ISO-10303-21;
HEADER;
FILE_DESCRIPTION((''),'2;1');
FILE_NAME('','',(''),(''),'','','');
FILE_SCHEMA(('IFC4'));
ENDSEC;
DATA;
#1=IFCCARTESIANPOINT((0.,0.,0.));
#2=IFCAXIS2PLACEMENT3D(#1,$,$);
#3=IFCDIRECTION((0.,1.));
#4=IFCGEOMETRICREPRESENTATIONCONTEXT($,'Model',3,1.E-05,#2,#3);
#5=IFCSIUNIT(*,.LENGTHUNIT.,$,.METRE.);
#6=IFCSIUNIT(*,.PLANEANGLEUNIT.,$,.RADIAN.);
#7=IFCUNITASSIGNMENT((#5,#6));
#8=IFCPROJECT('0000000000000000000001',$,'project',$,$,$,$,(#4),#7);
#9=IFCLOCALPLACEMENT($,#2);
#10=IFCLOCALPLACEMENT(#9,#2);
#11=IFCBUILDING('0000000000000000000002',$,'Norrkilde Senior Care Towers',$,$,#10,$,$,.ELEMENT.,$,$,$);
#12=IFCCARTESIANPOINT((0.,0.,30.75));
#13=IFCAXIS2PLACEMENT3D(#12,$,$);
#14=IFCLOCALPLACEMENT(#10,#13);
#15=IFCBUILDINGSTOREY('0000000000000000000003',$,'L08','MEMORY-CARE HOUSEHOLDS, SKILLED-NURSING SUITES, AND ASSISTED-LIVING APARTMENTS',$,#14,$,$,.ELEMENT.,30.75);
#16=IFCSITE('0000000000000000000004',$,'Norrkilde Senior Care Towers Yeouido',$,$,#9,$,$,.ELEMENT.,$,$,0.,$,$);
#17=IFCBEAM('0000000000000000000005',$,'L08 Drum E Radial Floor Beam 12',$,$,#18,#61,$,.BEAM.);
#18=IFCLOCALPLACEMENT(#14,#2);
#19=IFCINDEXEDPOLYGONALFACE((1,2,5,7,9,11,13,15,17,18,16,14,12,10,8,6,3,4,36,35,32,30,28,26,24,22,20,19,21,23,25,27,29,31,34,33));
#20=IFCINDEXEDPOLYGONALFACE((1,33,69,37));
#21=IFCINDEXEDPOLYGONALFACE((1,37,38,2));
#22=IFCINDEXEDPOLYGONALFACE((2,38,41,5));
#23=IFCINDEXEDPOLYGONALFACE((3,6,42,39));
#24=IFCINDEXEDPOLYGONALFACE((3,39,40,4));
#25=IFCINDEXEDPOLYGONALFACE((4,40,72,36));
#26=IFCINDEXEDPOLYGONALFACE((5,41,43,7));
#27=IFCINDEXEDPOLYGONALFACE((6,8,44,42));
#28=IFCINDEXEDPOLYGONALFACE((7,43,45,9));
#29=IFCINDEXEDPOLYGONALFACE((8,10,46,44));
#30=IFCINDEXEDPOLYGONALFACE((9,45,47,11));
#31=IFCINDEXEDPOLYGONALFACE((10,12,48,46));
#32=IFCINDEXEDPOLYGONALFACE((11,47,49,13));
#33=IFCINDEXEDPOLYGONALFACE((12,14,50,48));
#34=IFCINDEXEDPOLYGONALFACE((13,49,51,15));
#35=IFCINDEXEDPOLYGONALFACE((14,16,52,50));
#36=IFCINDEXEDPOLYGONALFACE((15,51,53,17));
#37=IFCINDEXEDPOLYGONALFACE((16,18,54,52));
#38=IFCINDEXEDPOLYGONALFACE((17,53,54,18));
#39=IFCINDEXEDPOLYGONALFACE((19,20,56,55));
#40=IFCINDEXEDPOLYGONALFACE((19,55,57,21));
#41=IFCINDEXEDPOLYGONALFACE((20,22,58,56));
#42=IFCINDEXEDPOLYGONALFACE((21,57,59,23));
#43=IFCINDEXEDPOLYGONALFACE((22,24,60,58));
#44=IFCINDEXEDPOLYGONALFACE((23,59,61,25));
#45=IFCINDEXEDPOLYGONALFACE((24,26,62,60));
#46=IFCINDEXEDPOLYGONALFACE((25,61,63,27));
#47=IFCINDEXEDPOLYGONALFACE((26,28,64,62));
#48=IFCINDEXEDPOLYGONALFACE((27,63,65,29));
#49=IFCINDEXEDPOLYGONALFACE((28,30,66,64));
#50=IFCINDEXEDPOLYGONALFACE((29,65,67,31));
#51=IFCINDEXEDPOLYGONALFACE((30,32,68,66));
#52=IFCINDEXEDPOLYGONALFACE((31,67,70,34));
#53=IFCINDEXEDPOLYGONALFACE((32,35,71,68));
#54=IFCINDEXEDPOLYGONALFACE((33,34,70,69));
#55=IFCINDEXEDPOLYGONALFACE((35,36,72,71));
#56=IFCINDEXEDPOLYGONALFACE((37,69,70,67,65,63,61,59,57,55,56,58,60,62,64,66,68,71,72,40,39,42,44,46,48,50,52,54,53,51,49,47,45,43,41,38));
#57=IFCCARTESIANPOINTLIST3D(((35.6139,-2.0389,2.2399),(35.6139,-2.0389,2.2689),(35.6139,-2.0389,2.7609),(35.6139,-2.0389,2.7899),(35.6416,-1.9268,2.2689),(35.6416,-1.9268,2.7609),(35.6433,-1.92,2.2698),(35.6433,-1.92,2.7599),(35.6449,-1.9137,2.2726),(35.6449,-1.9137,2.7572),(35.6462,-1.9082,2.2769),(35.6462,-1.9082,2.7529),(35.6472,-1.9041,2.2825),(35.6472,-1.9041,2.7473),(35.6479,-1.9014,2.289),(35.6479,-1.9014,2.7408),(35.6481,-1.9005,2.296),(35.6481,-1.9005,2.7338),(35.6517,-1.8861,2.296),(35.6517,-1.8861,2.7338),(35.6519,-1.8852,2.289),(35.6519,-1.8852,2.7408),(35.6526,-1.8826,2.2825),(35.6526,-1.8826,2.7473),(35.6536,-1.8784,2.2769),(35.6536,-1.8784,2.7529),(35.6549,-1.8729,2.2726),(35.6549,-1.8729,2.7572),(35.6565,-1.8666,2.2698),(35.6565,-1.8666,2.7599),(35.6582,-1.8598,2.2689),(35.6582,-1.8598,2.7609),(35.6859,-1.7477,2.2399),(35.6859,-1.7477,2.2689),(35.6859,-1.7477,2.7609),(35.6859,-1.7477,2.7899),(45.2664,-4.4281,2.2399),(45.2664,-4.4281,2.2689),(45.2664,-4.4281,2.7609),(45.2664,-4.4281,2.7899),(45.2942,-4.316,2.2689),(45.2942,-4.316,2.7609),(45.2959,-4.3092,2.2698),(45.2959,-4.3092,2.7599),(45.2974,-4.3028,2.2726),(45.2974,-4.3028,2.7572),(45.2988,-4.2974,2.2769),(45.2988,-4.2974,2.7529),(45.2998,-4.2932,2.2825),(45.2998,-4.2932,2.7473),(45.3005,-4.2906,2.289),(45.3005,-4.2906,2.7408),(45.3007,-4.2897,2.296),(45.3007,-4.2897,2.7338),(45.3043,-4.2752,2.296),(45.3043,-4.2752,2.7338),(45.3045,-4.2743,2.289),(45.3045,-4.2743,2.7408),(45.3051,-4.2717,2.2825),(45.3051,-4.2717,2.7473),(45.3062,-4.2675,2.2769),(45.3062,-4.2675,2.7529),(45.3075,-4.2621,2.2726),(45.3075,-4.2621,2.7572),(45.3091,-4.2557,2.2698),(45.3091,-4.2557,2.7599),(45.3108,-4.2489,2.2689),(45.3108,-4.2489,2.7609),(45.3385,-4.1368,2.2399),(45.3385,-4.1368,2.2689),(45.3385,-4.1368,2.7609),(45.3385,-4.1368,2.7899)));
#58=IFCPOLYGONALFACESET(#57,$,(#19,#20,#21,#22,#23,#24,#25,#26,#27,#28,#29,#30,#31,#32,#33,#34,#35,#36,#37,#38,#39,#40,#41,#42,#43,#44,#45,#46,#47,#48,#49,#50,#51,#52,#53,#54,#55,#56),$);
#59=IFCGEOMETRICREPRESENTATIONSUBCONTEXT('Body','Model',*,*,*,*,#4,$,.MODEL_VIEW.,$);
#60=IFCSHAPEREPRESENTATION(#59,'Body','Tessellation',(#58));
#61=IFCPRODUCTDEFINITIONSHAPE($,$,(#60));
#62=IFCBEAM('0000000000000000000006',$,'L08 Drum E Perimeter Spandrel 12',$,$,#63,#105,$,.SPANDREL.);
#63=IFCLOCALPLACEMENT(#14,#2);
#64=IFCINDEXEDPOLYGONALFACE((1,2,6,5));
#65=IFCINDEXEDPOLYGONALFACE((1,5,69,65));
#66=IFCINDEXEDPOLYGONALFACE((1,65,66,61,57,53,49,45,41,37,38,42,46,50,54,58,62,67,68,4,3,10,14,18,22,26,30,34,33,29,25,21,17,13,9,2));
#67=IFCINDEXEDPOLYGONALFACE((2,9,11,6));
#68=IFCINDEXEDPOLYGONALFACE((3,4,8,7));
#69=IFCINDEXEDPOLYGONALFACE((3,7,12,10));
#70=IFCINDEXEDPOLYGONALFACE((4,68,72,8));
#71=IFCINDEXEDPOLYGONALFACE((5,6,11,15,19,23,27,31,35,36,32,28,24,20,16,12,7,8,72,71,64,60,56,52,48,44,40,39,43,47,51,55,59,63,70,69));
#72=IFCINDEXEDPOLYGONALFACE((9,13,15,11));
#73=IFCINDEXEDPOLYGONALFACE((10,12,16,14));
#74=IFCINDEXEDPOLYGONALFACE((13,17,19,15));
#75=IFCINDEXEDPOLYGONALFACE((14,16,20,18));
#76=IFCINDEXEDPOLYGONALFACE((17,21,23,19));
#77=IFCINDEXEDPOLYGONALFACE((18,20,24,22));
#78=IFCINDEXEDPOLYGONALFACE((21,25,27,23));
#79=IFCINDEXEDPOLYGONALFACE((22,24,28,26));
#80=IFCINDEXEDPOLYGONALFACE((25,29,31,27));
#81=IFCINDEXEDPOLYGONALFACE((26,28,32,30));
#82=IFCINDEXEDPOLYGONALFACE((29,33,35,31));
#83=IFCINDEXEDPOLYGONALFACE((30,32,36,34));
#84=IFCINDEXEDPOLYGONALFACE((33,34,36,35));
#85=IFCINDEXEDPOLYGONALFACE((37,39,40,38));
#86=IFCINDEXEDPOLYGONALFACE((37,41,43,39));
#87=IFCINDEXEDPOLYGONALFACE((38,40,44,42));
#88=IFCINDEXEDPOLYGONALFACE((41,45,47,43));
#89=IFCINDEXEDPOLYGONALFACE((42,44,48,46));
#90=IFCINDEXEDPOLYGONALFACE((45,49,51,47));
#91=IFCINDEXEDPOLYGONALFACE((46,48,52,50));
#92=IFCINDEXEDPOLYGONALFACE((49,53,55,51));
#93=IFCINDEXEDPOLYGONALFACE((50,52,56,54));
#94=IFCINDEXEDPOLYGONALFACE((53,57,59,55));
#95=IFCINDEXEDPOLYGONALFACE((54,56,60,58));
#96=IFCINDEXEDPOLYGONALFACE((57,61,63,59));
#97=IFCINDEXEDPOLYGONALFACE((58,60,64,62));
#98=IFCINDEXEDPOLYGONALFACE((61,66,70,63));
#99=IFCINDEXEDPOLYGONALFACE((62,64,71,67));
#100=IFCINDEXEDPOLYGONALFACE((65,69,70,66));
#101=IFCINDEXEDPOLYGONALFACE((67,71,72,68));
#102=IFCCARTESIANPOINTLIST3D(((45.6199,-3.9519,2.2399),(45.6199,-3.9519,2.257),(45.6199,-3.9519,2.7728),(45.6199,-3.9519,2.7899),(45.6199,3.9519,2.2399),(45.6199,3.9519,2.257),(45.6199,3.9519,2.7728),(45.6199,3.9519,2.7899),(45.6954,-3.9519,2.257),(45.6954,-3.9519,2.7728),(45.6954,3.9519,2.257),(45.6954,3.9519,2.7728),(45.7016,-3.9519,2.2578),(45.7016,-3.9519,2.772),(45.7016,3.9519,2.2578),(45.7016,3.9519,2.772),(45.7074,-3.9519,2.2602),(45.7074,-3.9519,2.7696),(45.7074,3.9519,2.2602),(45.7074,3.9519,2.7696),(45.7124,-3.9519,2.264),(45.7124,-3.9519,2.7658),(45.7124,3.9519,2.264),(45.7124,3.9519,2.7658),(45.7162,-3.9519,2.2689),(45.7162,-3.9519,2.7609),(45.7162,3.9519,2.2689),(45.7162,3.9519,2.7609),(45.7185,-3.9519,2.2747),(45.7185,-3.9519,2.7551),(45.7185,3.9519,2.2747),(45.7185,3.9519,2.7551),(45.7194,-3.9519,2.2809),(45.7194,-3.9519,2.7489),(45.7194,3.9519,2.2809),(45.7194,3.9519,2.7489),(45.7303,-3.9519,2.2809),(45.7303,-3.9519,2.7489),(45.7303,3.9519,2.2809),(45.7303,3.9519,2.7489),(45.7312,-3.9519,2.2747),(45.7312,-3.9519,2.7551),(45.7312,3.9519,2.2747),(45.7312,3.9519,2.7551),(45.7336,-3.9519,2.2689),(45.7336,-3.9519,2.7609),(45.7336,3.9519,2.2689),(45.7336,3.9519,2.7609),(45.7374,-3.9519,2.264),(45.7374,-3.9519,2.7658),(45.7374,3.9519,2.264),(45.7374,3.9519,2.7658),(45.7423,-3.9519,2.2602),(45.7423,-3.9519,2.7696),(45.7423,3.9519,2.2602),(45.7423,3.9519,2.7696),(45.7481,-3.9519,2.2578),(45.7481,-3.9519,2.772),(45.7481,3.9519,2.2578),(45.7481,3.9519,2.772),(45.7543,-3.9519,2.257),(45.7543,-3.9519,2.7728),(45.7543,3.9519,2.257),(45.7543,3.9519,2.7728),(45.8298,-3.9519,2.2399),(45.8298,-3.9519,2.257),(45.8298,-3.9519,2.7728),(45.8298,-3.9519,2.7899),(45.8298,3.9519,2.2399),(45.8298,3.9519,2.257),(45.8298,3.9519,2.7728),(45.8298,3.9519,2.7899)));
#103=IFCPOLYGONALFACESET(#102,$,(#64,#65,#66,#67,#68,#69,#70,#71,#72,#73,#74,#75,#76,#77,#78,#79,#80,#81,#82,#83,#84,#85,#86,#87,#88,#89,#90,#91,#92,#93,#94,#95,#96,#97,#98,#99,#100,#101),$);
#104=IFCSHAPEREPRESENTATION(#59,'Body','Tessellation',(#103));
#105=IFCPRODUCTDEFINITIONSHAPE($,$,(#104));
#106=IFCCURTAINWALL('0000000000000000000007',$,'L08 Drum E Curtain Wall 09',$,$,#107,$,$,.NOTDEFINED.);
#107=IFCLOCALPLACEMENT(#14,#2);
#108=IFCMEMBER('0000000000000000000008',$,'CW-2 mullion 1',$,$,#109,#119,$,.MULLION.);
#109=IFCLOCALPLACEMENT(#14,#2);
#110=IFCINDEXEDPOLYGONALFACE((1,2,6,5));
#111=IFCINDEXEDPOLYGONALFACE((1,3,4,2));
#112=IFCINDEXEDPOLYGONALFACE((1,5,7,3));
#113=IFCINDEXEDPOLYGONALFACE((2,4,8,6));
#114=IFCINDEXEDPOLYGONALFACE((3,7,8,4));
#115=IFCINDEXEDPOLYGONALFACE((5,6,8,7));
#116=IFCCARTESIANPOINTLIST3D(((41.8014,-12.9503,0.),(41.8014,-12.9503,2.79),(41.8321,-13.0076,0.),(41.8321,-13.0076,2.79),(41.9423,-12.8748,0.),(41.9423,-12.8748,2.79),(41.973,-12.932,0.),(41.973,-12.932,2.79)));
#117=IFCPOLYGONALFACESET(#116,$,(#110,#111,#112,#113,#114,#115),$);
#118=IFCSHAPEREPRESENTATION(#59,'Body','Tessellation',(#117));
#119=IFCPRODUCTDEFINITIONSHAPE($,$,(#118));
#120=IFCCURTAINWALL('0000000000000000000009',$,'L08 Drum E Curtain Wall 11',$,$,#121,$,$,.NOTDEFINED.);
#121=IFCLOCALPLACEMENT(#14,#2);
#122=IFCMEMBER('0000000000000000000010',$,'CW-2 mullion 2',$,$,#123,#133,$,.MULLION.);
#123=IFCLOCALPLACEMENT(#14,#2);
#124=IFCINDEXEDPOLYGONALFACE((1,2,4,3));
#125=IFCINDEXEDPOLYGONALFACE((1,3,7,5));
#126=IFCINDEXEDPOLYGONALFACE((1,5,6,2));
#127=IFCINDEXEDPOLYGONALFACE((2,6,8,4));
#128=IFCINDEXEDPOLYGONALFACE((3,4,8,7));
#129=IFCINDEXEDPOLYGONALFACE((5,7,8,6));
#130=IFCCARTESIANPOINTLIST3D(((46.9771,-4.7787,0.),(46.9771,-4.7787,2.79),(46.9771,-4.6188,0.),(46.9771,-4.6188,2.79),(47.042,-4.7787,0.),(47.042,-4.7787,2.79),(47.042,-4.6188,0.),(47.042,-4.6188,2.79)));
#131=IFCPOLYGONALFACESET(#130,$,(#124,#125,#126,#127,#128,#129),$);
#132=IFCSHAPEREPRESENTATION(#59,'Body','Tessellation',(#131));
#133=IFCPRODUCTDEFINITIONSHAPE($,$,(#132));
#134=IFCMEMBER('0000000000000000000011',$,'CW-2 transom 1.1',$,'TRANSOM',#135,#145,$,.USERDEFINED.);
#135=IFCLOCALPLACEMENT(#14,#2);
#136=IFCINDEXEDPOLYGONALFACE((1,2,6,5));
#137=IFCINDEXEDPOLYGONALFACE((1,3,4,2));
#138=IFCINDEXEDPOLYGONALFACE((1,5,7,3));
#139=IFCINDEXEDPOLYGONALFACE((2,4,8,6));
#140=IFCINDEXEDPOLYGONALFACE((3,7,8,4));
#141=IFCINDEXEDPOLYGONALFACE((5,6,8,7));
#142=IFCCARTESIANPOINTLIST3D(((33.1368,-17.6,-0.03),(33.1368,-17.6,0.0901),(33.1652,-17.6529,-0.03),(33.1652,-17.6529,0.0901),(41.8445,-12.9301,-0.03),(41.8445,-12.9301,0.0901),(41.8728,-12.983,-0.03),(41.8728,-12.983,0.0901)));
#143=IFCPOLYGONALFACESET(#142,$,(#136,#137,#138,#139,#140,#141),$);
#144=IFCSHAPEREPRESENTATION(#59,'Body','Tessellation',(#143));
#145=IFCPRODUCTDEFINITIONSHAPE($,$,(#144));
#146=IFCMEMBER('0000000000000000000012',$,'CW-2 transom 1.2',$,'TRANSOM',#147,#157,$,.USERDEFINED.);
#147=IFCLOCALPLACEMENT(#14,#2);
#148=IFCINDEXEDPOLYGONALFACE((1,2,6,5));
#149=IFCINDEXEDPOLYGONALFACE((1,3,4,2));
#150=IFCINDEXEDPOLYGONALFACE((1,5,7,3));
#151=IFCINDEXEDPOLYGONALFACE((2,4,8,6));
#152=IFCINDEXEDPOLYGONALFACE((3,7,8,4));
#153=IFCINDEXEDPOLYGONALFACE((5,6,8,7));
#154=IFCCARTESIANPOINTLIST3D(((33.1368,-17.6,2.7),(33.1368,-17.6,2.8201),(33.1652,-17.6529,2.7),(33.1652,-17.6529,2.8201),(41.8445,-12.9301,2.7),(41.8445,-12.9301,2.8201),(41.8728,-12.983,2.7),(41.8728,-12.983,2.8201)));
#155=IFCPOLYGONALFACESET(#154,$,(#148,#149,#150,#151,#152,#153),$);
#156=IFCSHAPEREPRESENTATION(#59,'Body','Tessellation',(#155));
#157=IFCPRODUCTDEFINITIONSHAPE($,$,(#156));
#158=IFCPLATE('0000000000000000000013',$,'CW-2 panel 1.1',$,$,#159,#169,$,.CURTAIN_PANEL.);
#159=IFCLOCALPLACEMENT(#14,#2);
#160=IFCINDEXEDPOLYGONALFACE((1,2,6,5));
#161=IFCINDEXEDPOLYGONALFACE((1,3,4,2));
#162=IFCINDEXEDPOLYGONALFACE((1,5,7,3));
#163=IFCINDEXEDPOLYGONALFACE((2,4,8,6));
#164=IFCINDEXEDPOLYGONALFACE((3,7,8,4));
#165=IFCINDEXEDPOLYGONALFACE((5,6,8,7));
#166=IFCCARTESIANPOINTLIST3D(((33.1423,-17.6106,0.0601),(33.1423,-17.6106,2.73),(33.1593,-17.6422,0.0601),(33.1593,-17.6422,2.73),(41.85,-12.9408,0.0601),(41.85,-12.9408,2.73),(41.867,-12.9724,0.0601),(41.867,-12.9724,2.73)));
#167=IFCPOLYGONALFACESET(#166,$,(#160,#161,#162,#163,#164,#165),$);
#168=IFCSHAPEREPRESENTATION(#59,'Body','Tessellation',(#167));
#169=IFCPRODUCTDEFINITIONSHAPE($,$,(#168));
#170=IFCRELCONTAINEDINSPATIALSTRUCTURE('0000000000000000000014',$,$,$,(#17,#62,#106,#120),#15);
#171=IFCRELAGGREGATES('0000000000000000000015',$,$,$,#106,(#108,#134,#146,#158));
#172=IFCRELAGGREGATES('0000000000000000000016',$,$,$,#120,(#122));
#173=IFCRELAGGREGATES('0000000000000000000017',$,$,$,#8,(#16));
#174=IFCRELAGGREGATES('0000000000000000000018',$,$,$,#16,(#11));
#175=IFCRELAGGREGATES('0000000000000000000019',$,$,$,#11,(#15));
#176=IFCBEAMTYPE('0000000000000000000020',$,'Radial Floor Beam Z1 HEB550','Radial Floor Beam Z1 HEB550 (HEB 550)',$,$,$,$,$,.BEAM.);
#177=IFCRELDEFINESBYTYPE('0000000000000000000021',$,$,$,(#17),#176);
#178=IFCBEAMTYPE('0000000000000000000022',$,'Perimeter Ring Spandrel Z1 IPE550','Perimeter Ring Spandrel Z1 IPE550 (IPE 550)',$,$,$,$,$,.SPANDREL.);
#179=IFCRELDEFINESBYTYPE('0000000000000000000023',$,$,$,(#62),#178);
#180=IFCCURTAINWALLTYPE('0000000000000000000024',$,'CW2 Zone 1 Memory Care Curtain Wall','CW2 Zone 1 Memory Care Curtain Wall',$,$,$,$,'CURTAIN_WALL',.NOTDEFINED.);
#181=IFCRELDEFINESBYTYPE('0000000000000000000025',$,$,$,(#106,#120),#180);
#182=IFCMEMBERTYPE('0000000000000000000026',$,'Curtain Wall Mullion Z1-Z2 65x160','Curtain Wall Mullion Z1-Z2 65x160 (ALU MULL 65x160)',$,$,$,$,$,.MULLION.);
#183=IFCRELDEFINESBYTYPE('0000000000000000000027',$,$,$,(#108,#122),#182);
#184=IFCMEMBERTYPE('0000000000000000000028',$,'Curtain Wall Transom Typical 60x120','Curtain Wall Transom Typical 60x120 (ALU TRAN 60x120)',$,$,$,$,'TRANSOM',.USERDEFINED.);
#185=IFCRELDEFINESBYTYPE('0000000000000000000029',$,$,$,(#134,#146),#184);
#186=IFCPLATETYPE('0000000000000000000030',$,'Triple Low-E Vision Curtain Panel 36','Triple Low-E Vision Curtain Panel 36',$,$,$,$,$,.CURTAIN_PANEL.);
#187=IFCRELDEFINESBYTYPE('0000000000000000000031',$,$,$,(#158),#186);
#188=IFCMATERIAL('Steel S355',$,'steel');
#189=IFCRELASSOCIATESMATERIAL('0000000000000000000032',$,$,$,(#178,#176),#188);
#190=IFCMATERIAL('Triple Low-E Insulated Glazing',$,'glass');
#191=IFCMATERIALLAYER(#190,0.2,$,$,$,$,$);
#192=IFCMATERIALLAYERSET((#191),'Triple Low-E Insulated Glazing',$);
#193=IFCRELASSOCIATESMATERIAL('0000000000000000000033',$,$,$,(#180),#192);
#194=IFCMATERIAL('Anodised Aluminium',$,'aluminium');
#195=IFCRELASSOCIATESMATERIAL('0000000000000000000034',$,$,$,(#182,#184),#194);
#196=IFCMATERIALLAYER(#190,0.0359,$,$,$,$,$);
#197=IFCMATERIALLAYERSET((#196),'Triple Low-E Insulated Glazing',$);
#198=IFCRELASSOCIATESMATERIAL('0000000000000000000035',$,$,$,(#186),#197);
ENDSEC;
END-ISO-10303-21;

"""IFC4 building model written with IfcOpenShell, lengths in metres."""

from ifc_helpers import new_model, si_unit, direction, frame, origin, origin_2d, place, context, subcontext, project, spatial, rectangle, i_section, extrude, source, transform, mapped, material, layer, layer_set, material_profile, profile_set, type_object, type_shapes, element, aggregate, save


model = new_model("IFC4")

# Units and contexts
model_context = context("Model", 3, precision=1e-05, world=origin(), true_north=direction((0.0, 1.0)))
body_context = subcontext(model_context, "Body", "Model", "MODEL_VIEW")
ifc_project = project(units=[si_unit("LENGTHUNIT", "METRE"), si_unit("PLANEANGLEUNIT", "RADIAN")], contexts=[model_context])

# Site, building, storey
site_placement = place(None, origin())
site = spatial("IfcSite", under=ifc_project, at=site_placement, Name="Norrkilde Senior Care Towers Yeouido", CompositionType="ELEMENT", RefElevation=0.0)
building_placement = place(site_placement, origin())
building = spatial("IfcBuilding", under=site, at=building_placement, Name="Norrkilde Senior Care Towers", CompositionType="ELEMENT")
storey_placement = place(building_placement, frame((0.0, 0.0, 30.75)))
storey = spatial("IfcBuildingStorey", under=building, at=storey_placement, Name="L08", Description="MEMORY-CARE HOUSEHOLDS, SKILLED-NURSING SUITES, AND ASSISTED-LIVING APARTMENTS", CompositionType="ELEMENT", Elevation=30.75)

# Beams
ifc_material_1 = material(Name="Steel S355", Category="steel")
ifc_material_profile_1 = material_profile(ifc_material_1, i_section(OverallWidth=0.21, OverallDepth=0.55, WebThickness=0.011, FlangeThickness=0.0171, FilletRadius=0.0239, at=origin_2d()), Name="IPE 550")
ifc_profile_set_1 = profile_set([ifc_material_profile_1], Name="Steel S355")
beam_type_1 = type_object("IfcBeamType", Name="Perimeter Ring Spandrel Z1 IPE550", Description="Perimeter Ring Spandrel Z1 IPE550 (IPE 550)", PredefinedType="SPANDREL", material=ifc_profile_set_1)
ifc_material_profile_2 = material_profile(ifc_material_1, i_section(OverallWidth=0.3, OverallDepth=0.55, WebThickness=0.0149, FlangeThickness=0.0291, FilletRadius=0.0271, at=origin_2d()), Name="HEB 550")
ifc_profile_set_2 = profile_set([ifc_material_profile_2], Name="Steel S355")
beam_type_2 = type_object("IfcBeamType", Name="Radial Floor Beam Z1 HEB550", Description="Radial Floor Beam Z1 HEB550 (HEB 550)", PredefinedType="BEAM", material=ifc_profile_set_2)
shared_shape_1 = source(origin(), body_context, "Body", "SweptSolid", [
    extrude(i_section(OverallWidth=0.3, OverallDepth=0.55, WebThickness=0.0149, FlangeThickness=0.0291, FilletRadius=0.0271, at=origin_2d()), origin(), (0.0, 0.0, 1.0), 9.9438),
])
type_shapes(beam_type_2, [shared_shape_1])
beam_1_placement = place(storey_placement, frame((35.6499, -1.8933, 2.5149), z_axis=(0.970707, -0.240265, 0.0), x_axis=(0.240265, 0.970707, 0.0)))
element("IfcBeam", 1, at=beam_1_placement, inside=storey, type_object=beam_type_2, Name="L08 Drum E Radial Floor Beam 12", PredefinedType="BEAM", context=body_context, shape_type="MappedRepresentation", body=[
    mapped(shared_shape_1, transform((0.0, 0.0, 0.0), x_axis=(1.0, 0.0, 0.0), y_axis=(0.0, 1.0, 0.0), z_axis=(0.0, 0.0, 1.0), scale=1.0)),
])
shared_shape_2 = source(origin(), body_context, "Body", "SweptSolid", [
    extrude(i_section(OverallWidth=0.21, OverallDepth=0.55, WebThickness=0.011, FlangeThickness=0.0171, FilletRadius=0.0239, at=origin_2d()), origin(), (0.0, 0.0, 1.0), 7.9038),
])
beam_2_placement = place(storey_placement, frame((45.7249, -3.9519, 2.5149), z_axis=(0.0, 1.0, 0.0), x_axis=(-1.0, 0.0, 0.0)))
element("IfcBeam", 2, at=beam_2_placement, inside=storey, type_object=beam_type_1, Name="L08 Drum E Perimeter Spandrel 12", PredefinedType="SPANDREL", context=body_context, shape_type="MappedRepresentation", body=[
    mapped(shared_shape_2, transform((0.0, 0.0, 0.0), x_axis=(1.0, 0.0, 0.0), y_axis=(0.0, 1.0, 0.0), z_axis=(0.0, 0.0, 1.0), scale=1.0)),
])

# Curtain walls, members
ifc_material_2 = material(Name="Triple Low-E Insulated Glazing", Category="glass")
ifc_layer_1 = layer(ifc_material_2, 0.2)
ifc_layer_set_1 = layer_set([ifc_layer_1], Name="Triple Low-E Insulated Glazing")
curtain_wall_type = type_object("IfcCurtainWallType", Name="CW2 Zone 1 Memory Care Curtain Wall", Description="CW2 Zone 1 Memory Care Curtain Wall", ElementType="CURTAIN_WALL", PredefinedType="NOTDEFINED", material=ifc_layer_set_1)
curtain_wall_1_placement = place(storey_placement, origin())
curtain_wall_1 = element("IfcCurtainWall", 3, at=curtain_wall_1_placement, inside=storey, type_object=curtain_wall_type, Name="L08 Drum E Curtain Wall 09", PredefinedType="NOTDEFINED")
ifc_material_3 = material(Name="Anodised Aluminium", Category="aluminium")
ifc_material_profile_3 = material_profile(ifc_material_3, rectangle(XDim=0.0649, YDim=0.1599, at=origin_2d()), Name="ALU MULL 65x160")
ifc_profile_set_3 = profile_set([ifc_material_profile_3], Name="Anodised Aluminium")
member_type_1 = type_object("IfcMemberType", Name="Curtain Wall Mullion Z1-Z2 65x160", Description="Curtain Wall Mullion Z1-Z2 65x160 (ALU MULL 65x160)", PredefinedType="MULLION", material=ifc_profile_set_3)
shared_shape_3 = source(origin(), body_context, "Body", "SweptSolid", [
    extrude(rectangle(XDim=0.0649, YDim=0.1599, at=origin_2d()), origin(), (0.0, 0.0, 1.0), 2.79),
])
type_shapes(member_type_1, [shared_shape_3])
member_1_placement = place(storey_placement, frame((41.8872, -12.9412, 0.0), z_axis=(0.0, 0.0, 1.0), x_axis=(0.472608, -0.881273, 0.0)))
member_1 = element("IfcMember", 4, at=member_1_placement, type_object=member_type_1, Name="CW-2 mullion 1", PredefinedType="MULLION", context=body_context, shape_type="MappedRepresentation", body=[
    mapped(shared_shape_3, transform((0.0, 0.0, 0.0), x_axis=(1.0, 0.0, 0.0), y_axis=(0.0, 1.0, 0.0), z_axis=(0.0, 0.0, 1.0), scale=1.0)),
])
curtain_wall_2_placement = place(storey_placement, origin())
curtain_wall_2 = element("IfcCurtainWall", 5, at=curtain_wall_2_placement, inside=storey, type_object=curtain_wall_type, Name="L08 Drum E Curtain Wall 11", PredefinedType="NOTDEFINED")
member_2_placement = place(storey_placement, frame((47.0095, -4.6987, 0.0), z_axis=(0.0, 0.0, 1.0), x_axis=(1.0, 0.0, 0.0)))
member_2 = element("IfcMember", 6, at=member_2_placement, type_object=member_type_1, Name="CW-2 mullion 2", PredefinedType="MULLION", context=body_context, shape_type="MappedRepresentation", body=[
    mapped(shared_shape_3, transform((0.0, 0.0, 0.0), x_axis=(1.0, 0.0, 0.0), y_axis=(0.0, 1.0, 0.0), z_axis=(0.0, 0.0, 1.0), scale=1.0)),
])

# Members
ifc_material_profile_4 = material_profile(ifc_material_3, rectangle(XDim=0.0601, YDim=0.1201, at=origin_2d()), Name="ALU TRAN 60x120")
ifc_profile_set_4 = profile_set([ifc_material_profile_4], Name="Anodised Aluminium")
member_type_2 = type_object("IfcMemberType", Name="Curtain Wall Transom Typical 60x120", Description="Curtain Wall Transom Typical 60x120 (ALU TRAN 60x120)", ElementType="TRANSOM", PredefinedType="USERDEFINED", material=ifc_profile_set_4)
shared_shape_4 = source(origin(), body_context, "Body", "SweptSolid", [
    extrude(rectangle(XDim=0.0601, YDim=0.1201, at=origin_2d()), origin(), (0.0, 0.0, 1.0), 9.8809),
])
type_shapes(member_type_2, [shared_shape_4])
member_3_placement = place(storey_placement, frame((41.8586, -12.9565, 0.03), z_axis=(-0.881267, -0.472618, 0.0), x_axis=(0.472618, -0.881267, 0.0)))
member_3 = element("IfcMember", 7, at=member_3_placement, type_object=member_type_2, Name="CW-2 transom 1.1", ObjectType="TRANSOM", PredefinedType="USERDEFINED", context=body_context, shape_type="MappedRepresentation", body=[
    mapped(shared_shape_4, transform((0.0, 0.0, 0.0), x_axis=(1.0, 0.0, 0.0), y_axis=(0.0, 1.0, 0.0), z_axis=(0.0, 0.0, 1.0), scale=1.0)),
])
member_4_placement = place(storey_placement, frame((41.8586, -12.9565, 2.76), z_axis=(-0.881267, -0.472618, 0.0), x_axis=(0.472618, -0.881267, 0.0)))
member_4 = element("IfcMember", 8, at=member_4_placement, type_object=member_type_2, Name="CW-2 transom 1.2", ObjectType="TRANSOM", PredefinedType="USERDEFINED", context=body_context, shape_type="MappedRepresentation", body=[
    mapped(shared_shape_4, transform((0.0, 0.0, 0.0), x_axis=(1.0, 0.0, 0.0), y_axis=(0.0, 1.0, 0.0), z_axis=(0.0, 0.0, 1.0), scale=1.0)),
])

# Plate
ifc_layer_2 = layer(ifc_material_2, 0.0359)
ifc_layer_set_2 = layer_set([ifc_layer_2], Name="Triple Low-E Insulated Glazing")
plate_type = type_object("IfcPlateType", Name="Triple Low-E Vision Curtain Panel 36", Description="Triple Low-E Vision Curtain Panel 36", PredefinedType="CURTAIN_PANEL", material=ifc_layer_set_2)
shared_shape_5 = source(origin(), body_context, "Body", "SweptSolid", [
    extrude(rectangle(XDim=9.8809, YDim=0.0359, at=origin_2d()), origin(), (0.0, 0.0, 1.0), 2.6699),
])
plate_1_placement = place(storey_placement, frame((37.5046, -15.2915, 0.0601), z_axis=(0.0, 0.0, 1.0), x_axis=(-0.881273, -0.472608, 0.0)))
plate_1 = element("IfcPlate", 9, at=plate_1_placement, type_object=plate_type, Name="CW-2 panel 1.1", PredefinedType="CURTAIN_PANEL", context=body_context, shape_type="MappedRepresentation", body=[
    mapped(shared_shape_5, transform((0.0, 0.0, 0.0), x_axis=(1.0, 0.0, 0.0), y_axis=(0.0, 1.0, 0.0), z_axis=(0.0, 0.0, 1.0), scale=1.0)),
])
aggregate(curtain_wall_1, [member_1, member_3, member_4, plate_1])
aggregate(curtain_wall_2, [member_2])

save(model, "model.ifc")
